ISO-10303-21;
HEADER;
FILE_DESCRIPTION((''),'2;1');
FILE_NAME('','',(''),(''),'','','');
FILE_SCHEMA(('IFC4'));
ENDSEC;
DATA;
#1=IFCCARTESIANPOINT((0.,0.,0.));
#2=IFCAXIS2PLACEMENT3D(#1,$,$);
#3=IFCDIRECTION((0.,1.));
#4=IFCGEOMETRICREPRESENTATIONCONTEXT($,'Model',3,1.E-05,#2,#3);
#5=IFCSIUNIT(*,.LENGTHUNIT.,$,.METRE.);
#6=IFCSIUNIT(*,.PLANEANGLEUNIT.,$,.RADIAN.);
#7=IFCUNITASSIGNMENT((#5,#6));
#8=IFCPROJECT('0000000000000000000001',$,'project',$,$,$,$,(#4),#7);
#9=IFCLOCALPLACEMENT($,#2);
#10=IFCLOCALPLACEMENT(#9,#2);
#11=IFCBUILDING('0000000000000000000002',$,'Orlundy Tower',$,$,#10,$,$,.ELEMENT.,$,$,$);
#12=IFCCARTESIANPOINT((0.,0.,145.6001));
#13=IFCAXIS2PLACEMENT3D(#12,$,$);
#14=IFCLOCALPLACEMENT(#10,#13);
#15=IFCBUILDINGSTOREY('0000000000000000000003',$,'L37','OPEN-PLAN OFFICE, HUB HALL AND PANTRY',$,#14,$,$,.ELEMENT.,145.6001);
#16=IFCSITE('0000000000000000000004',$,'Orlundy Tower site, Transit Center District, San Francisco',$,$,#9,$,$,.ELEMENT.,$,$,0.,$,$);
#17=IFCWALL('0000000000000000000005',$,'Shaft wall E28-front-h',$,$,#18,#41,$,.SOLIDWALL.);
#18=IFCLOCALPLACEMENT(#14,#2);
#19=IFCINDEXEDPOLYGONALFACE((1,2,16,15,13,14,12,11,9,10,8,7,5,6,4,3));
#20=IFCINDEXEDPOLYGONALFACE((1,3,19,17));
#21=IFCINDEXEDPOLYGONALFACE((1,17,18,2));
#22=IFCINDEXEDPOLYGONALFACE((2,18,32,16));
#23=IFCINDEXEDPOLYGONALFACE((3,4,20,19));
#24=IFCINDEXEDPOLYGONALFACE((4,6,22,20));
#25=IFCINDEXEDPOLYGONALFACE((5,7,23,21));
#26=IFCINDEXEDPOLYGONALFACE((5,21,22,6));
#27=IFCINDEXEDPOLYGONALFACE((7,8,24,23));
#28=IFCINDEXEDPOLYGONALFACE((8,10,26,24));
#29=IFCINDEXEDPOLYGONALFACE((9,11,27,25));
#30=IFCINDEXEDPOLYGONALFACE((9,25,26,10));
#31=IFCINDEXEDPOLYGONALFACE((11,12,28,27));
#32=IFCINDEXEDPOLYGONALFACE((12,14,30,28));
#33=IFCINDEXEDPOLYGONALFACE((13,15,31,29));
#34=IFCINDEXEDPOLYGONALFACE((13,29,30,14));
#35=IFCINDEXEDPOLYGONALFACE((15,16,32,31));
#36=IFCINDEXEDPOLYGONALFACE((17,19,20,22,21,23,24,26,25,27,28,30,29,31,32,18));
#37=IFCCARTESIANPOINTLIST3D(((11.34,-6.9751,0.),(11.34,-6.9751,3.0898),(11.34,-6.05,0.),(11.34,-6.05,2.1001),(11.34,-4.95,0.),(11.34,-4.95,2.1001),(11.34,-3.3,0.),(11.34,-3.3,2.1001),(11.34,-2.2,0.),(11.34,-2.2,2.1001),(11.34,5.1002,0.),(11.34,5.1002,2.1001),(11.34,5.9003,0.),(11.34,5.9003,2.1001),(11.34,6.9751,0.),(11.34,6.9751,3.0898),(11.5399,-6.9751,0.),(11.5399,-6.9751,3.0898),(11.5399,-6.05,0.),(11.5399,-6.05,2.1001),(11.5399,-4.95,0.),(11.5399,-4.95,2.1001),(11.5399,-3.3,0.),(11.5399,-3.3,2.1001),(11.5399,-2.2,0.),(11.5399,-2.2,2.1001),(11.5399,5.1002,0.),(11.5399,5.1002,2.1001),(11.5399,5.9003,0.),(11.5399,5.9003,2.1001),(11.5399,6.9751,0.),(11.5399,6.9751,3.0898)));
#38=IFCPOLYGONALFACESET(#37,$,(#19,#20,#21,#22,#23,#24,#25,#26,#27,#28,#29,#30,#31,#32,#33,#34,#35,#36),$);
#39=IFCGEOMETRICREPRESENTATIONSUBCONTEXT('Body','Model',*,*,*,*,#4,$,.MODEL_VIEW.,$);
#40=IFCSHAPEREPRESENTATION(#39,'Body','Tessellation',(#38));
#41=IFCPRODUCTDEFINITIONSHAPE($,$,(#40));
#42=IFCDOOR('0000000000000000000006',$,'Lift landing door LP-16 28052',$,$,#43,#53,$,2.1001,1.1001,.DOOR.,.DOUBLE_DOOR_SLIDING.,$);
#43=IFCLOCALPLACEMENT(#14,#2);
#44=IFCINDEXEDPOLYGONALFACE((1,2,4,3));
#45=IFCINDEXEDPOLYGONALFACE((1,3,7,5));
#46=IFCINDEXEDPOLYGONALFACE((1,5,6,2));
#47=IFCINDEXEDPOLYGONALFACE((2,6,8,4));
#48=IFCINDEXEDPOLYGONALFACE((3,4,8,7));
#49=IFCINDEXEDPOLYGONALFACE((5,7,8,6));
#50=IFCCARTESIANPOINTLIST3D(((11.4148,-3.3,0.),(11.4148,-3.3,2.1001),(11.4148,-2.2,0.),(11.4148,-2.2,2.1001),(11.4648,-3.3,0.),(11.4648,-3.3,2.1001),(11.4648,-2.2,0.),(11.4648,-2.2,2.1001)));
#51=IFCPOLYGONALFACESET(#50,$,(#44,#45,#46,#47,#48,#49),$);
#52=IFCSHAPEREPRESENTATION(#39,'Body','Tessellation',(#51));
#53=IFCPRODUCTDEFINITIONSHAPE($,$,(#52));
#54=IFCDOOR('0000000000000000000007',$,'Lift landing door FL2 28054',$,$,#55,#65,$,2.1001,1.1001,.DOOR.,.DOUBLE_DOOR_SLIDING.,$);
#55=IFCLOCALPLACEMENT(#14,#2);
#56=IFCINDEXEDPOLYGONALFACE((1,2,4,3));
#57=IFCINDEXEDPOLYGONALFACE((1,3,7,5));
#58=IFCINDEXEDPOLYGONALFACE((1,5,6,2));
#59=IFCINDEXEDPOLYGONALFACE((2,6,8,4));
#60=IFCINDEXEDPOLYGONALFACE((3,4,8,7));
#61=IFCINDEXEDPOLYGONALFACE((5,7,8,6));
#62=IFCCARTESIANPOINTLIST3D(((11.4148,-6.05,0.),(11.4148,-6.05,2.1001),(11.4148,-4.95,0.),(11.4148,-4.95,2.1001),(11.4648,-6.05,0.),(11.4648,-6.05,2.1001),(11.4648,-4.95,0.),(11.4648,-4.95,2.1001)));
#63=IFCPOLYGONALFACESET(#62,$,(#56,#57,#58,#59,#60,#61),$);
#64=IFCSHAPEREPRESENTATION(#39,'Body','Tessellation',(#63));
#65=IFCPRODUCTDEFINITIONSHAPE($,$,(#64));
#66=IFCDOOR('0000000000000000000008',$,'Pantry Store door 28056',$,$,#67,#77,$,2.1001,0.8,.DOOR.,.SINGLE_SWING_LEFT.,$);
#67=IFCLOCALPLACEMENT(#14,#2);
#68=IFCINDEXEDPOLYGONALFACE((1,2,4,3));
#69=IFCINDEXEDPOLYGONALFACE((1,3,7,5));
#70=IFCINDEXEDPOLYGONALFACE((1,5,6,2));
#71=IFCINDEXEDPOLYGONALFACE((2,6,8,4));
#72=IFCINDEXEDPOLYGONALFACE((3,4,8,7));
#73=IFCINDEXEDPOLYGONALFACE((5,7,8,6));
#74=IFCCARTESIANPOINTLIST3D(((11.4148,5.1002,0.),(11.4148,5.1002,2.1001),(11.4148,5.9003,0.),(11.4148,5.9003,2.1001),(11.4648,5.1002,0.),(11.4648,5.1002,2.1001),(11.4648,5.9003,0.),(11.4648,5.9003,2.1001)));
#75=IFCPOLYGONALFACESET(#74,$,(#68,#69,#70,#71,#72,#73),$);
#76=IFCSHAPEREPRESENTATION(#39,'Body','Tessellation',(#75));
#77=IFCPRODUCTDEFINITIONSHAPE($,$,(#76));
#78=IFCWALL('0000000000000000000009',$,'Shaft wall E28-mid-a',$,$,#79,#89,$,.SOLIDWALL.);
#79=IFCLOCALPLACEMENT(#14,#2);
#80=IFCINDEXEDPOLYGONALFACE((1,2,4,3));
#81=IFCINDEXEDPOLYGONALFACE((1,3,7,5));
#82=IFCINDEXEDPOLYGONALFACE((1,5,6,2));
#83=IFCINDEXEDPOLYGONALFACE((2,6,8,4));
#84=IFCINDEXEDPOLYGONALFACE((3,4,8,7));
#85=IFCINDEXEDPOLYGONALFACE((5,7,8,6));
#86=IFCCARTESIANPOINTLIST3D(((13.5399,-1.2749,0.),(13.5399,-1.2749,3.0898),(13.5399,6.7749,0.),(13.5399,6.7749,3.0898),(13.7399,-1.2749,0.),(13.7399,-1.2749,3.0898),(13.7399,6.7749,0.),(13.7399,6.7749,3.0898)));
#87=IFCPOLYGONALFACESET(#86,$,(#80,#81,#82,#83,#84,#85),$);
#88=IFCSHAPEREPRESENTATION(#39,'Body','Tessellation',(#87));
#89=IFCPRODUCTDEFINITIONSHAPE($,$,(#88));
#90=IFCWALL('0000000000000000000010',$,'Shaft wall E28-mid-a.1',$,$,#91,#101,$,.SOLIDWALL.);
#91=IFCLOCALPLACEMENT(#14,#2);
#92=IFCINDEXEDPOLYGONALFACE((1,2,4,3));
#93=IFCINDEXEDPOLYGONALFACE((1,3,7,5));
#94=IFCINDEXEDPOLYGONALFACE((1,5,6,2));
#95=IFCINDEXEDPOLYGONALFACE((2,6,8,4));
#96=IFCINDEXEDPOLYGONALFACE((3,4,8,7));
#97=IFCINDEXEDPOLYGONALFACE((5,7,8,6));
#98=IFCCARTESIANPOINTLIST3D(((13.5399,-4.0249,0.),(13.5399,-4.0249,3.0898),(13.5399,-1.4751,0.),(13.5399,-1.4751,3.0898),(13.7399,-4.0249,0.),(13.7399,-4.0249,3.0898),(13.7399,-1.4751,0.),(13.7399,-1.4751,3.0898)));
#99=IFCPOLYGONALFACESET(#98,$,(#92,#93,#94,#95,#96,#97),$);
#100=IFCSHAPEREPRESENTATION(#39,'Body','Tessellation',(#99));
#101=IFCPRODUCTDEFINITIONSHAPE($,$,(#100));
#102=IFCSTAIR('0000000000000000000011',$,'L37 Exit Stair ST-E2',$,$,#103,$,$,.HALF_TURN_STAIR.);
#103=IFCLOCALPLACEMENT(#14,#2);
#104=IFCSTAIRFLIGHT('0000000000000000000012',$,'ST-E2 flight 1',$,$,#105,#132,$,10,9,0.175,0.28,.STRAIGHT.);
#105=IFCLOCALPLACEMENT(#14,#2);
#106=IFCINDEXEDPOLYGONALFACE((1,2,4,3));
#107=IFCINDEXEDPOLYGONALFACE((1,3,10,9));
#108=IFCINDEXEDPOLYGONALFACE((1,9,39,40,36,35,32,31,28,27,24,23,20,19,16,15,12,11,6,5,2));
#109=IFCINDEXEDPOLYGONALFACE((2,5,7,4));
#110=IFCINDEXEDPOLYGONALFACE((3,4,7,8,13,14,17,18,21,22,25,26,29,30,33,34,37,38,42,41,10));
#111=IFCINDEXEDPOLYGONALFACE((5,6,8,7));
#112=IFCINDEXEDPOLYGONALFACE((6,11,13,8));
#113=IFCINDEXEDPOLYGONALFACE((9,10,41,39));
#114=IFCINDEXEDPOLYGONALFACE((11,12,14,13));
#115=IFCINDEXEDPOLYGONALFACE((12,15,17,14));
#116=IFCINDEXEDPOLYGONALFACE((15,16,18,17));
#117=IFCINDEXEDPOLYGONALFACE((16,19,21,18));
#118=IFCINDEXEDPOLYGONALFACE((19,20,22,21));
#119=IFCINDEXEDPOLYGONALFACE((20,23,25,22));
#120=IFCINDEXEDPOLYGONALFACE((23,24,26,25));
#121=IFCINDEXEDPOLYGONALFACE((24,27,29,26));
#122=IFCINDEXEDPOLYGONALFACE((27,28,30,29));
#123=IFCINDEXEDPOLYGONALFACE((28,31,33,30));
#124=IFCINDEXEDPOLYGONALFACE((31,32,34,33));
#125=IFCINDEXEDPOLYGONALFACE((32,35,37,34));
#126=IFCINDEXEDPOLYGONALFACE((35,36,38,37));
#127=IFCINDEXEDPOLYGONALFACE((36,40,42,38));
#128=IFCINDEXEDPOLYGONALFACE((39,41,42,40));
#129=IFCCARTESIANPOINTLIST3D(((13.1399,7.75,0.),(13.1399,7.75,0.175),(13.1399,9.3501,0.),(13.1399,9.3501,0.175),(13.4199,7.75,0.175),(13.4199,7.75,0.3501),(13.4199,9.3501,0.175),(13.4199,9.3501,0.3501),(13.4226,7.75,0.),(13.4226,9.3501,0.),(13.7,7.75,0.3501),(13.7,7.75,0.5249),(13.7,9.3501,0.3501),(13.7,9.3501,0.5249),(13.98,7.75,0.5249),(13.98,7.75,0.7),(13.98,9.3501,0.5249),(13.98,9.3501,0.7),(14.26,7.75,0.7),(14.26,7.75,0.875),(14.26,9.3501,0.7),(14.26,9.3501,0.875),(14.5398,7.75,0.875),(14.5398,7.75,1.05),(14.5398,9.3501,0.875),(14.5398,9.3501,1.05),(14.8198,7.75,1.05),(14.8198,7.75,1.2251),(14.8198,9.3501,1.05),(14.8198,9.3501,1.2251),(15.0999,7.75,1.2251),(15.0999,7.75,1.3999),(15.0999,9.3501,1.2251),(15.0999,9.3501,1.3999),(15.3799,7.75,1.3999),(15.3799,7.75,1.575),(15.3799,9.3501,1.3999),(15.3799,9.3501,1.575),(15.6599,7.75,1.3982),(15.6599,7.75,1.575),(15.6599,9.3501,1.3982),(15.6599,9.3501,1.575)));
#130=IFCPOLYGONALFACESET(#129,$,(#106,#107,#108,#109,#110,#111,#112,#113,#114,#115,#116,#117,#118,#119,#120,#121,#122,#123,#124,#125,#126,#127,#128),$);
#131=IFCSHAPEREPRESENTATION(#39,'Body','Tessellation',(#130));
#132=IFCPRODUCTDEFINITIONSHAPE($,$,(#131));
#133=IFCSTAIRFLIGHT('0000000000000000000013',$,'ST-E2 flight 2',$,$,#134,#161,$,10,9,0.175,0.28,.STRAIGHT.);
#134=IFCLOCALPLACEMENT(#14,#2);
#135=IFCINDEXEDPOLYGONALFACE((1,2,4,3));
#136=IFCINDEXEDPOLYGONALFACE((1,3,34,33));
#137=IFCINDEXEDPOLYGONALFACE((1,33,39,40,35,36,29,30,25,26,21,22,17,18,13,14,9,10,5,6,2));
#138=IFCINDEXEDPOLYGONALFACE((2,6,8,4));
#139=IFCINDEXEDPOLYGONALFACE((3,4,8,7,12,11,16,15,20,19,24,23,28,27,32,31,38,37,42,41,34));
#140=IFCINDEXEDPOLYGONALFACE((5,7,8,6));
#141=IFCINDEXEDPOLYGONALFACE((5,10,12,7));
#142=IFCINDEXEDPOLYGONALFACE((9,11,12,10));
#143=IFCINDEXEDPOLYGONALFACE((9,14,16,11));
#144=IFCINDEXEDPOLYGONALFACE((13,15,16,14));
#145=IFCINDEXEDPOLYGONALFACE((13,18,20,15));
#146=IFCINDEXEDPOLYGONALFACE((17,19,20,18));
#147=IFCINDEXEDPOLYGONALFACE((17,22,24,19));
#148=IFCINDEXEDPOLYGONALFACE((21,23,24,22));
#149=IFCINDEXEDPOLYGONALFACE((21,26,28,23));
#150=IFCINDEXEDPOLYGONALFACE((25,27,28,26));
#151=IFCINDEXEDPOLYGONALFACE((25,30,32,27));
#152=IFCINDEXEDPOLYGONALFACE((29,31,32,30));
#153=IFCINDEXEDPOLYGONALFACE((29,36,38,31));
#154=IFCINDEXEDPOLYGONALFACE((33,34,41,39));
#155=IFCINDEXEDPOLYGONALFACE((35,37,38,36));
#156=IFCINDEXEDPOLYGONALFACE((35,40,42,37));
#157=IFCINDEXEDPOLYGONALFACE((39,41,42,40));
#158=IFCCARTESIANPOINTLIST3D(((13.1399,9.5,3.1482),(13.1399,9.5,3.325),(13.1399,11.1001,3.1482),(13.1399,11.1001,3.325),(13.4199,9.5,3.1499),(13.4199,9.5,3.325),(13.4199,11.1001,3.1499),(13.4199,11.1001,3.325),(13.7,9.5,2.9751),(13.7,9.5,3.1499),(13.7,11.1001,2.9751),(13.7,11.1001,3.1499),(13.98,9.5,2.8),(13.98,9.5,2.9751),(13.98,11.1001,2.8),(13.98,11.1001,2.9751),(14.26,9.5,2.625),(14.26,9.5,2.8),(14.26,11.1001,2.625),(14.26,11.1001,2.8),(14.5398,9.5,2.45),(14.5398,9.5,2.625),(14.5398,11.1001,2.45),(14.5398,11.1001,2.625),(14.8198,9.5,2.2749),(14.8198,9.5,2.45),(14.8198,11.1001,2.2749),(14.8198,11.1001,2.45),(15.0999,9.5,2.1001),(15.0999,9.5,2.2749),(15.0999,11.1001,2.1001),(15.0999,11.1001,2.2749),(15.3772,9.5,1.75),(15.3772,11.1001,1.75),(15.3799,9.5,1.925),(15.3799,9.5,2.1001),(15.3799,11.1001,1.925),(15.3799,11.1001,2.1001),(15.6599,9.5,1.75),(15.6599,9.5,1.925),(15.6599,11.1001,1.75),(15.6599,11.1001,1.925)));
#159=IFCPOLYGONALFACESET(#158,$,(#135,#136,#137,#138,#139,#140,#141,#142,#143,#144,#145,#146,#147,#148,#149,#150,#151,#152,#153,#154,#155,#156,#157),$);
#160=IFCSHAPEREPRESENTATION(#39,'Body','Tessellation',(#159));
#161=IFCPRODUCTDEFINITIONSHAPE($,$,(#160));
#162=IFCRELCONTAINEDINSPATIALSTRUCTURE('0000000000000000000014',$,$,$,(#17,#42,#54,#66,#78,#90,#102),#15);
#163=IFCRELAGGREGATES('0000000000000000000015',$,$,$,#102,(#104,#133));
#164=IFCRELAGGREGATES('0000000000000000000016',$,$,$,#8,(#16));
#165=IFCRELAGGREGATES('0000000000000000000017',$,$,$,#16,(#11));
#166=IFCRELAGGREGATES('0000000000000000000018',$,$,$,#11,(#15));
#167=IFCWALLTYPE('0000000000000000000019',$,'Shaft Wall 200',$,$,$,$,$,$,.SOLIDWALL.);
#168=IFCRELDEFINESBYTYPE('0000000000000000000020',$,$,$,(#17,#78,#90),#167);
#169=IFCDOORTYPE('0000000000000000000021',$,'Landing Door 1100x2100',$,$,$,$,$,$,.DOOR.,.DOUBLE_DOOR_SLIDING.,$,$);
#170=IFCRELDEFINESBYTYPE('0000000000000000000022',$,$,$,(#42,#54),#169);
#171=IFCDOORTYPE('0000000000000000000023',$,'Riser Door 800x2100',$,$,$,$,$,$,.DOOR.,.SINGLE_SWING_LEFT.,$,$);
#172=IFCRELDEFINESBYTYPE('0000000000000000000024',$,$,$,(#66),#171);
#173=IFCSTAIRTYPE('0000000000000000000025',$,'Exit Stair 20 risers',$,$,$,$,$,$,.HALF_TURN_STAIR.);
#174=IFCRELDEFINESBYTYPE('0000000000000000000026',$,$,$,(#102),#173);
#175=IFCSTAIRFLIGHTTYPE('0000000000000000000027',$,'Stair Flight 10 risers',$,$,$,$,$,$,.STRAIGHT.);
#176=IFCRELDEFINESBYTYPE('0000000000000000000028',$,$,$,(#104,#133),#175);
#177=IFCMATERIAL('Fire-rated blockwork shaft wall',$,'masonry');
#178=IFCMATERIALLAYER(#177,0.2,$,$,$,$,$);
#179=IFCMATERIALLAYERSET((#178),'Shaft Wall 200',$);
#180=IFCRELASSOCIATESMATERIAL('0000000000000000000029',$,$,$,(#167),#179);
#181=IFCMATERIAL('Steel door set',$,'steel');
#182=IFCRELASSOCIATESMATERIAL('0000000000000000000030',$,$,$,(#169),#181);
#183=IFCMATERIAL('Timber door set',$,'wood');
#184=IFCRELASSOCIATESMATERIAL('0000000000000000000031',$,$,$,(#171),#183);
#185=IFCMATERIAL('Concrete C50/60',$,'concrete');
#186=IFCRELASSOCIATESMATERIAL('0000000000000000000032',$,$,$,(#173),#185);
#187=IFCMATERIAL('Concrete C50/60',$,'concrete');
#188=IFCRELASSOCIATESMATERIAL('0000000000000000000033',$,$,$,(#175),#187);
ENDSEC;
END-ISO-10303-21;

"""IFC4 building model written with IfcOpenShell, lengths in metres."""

from ifc_helpers import new_model, si_unit, direction, frame, frame_2d, origin, place, context, subcontext, project, spatial, polyline, rectangle, outline, extrude, material, layer, layer_set, type_object, element, fill, aggregate, save


model = new_model("IFC4")

# Units and contexts
model_context = context("Model", 3, precision=1e-05, world=origin(), true_north=direction((0.0, 1.0)))
body_context = subcontext(model_context, "Body", "Model", "MODEL_VIEW")
ifc_project = project(units=[si_unit("LENGTHUNIT", "METRE"), si_unit("PLANEANGLEUNIT", "RADIAN")], contexts=[model_context])

# Site, building, storey
site_placement = place(None, origin())
site = spatial("IfcSite", under=ifc_project, at=site_placement, Name="Orlundy Tower site, Transit Center District, San Francisco", CompositionType="ELEMENT", RefElevation=0.0)
building_placement = place(site_placement, origin())
building = spatial("IfcBuilding", under=site, at=building_placement, Name="Orlundy Tower", CompositionType="ELEMENT")
storey_placement = place(building_placement, frame((0.0, 0.0, 145.6001)))
storey = spatial("IfcBuildingStorey", under=building, at=storey_placement, Name="L37", Description="OPEN-PLAN OFFICE, HUB HALL AND PANTRY", CompositionType="ELEMENT", Elevation=145.6001)

# Shared definitions
ifc_material_1 = material(Name="Fire-rated blockwork shaft wall", Category="masonry")
ifc_layer_1 = layer(ifc_material_1, 0.2)
ifc_layer_set_1 = layer_set([ifc_layer_1], Name="Shaft Wall 200")
wall_type_1 = type_object("IfcWallType", Name="Shaft Wall 200", PredefinedType="SOLIDWALL", material=ifc_layer_set_1)

# Wall, openings, doors
wall_1_placement = place(storey_placement, frame((11.4399, 6.9751, 0.0), z_axis=(0.0, 0.0, 1.0), x_axis=(0.0, -1.0, 0.0)))
wall_1 = element("IfcWall", 1, at=wall_1_placement, inside=storey, type_object=wall_type_1, Name="Shaft wall E28-front-h", PredefinedType="SOLIDWALL", context=body_context, shape_type="SweptSolid", body=[
    extrude(rectangle(XDim=13.9502, YDim=0.2, at=frame_2d((6.9751, 0.0))), origin(), (0.0, 0.0, 1.0), 3.0898),
])
opening_1_placement = place(wall_1_placement, frame((9.175, 0.0, 0.0)))
opening_1 = element("IfcOpeningElement", 2, at=opening_1_placement, cuts=wall_1, PredefinedType="OPENING", context=body_context, shape_type="SweptSolid", body=[
    extrude(rectangle(XDim=1.1001, YDim=2.1001, at=frame_2d((0.55, 1.05))), frame((0.0, 0.1101, 0.0), z_axis=(0.0, -1.0, 0.0), x_axis=(1.0, 0.0, 0.0)), (0.0, 0.0, 1.0), 0.2202),
])
opening_2_placement = place(wall_1_placement, frame((11.925, 0.0, 0.0)))
opening_2 = element("IfcOpeningElement", 3, at=opening_2_placement, cuts=wall_1, PredefinedType="OPENING", context=body_context, shape_type="SweptSolid", body=[
    extrude(rectangle(XDim=1.1001, YDim=2.1001, at=frame_2d((0.55, 1.05))), frame((0.0, 0.1101, 0.0), z_axis=(0.0, -1.0, 0.0), x_axis=(1.0, 0.0, 0.0)), (0.0, 0.0, 1.0), 0.2202),
])
opening_3_placement = place(wall_1_placement, frame((1.075, 0.0, 0.0)))
opening_3 = element("IfcOpeningElement", 4, at=opening_3_placement, cuts=wall_1, PredefinedType="OPENING", context=body_context, shape_type="SweptSolid", body=[
    extrude(rectangle(XDim=0.8, YDim=2.1001, at=frame_2d((0.3999, 1.05))), frame((0.0, 0.1101, 0.0), z_axis=(0.0, -1.0, 0.0), x_axis=(1.0, 0.0, 0.0)), (0.0, 0.0, 1.0), 0.2202),
])
ifc_material_2 = material(Name="Steel door set", Category="steel")
door_type_1 = type_object("IfcDoorType", Name="Landing Door 1100x2100", OperationType="DOUBLE_DOOR_SLIDING", PredefinedType="DOOR", material=ifc_material_2)
door_1_placement = place(opening_1_placement, origin())
door_1 = element("IfcDoor", 5, at=door_1_placement, inside=storey, type_object=door_type_1, Name="Lift landing door LP-16 28052", OperationType="DOUBLE_DOOR_SLIDING", OverallHeight=2.1001, OverallWidth=1.1001, PredefinedType="DOOR", context=body_context, shape_type="SweptSolid", body=[
    extrude(rectangle(XDim=1.1001, YDim=2.1001, at=frame_2d((0.55, 1.05))), frame((0.0, 0.0249, 0.0), z_axis=(0.0, -1.0, 0.0), x_axis=(1.0, 0.0, 0.0)), (0.0, 0.0, 1.0), 0.05),
])
fill(opening_1, door_1)
door_2_placement = place(opening_2_placement, origin())
door_2 = element("IfcDoor", 6, at=door_2_placement, inside=storey, type_object=door_type_1, Name="Lift landing door FL2 28054", OperationType="DOUBLE_DOOR_SLIDING", OverallHeight=2.1001, OverallWidth=1.1001, PredefinedType="DOOR", context=body_context, shape_type="SweptSolid", body=[
    extrude(rectangle(XDim=1.1001, YDim=2.1001, at=frame_2d((0.55, 1.05))), frame((0.0, 0.0249, 0.0), z_axis=(0.0, -1.0, 0.0), x_axis=(1.0, 0.0, 0.0)), (0.0, 0.0, 1.0), 0.05),
])
fill(opening_2, door_2)
ifc_material_3 = material(Name="Timber door set", Category="wood")
door_type_2 = type_object("IfcDoorType", Name="Riser Door 800x2100", OperationType="SINGLE_SWING_LEFT", PredefinedType="DOOR", material=ifc_material_3)
door_3_placement = place(opening_3_placement, origin())
door_3 = element("IfcDoor", 7, at=door_3_placement, inside=storey, type_object=door_type_2, Name="Pantry Store door 28056", OperationType="SINGLE_SWING_LEFT", OverallHeight=2.1001, OverallWidth=0.8, PredefinedType="DOOR", context=body_context, shape_type="SweptSolid", body=[
    extrude(rectangle(XDim=0.8, YDim=2.1001, at=frame_2d((0.3999, 1.05))), frame((0.0, 0.0249, 0.0), z_axis=(0.0, -1.0, 0.0), x_axis=(1.0, 0.0, 0.0)), (0.0, 0.0, 1.0), 0.05),
])
fill(opening_3, door_3)

# Walls
wall_2_placement = place(storey_placement, frame((13.6399, 6.7749, 0.0), z_axis=(0.0, 0.0, 1.0), x_axis=(0.0, -1.0, 0.0)))
element("IfcWall", 8, at=wall_2_placement, inside=storey, type_object=wall_type_1, Name="Shaft wall E28-mid-a", PredefinedType="SOLIDWALL", context=body_context, shape_type="SweptSolid", body=[
    extrude(rectangle(XDim=8.0498, YDim=0.2, at=frame_2d((4.0249, 0.0))), origin(), (0.0, 0.0, 1.0), 3.0898),
])
wall_3_placement = place(storey_placement, frame((13.6399, -1.4751, 0.0), z_axis=(0.0, 0.0, 1.0), x_axis=(0.0, -1.0, 0.0)))
element("IfcWall", 9, at=wall_3_placement, inside=storey, type_object=wall_type_1, Name="Shaft wall E28-mid-a.1", PredefinedType="SOLIDWALL", context=body_context, shape_type="SweptSolid", body=[
    extrude(rectangle(XDim=2.5498, YDim=0.2, at=frame_2d((1.2749, 0.0))), origin(), (0.0, 0.0, 1.0), 3.0898),
])

# Stair, stair flights
ifc_material_4 = material(Name="Concrete C50/60", Category="concrete")
stair_type = type_object("IfcStairType", Name="Exit Stair 20 risers", PredefinedType="HALF_TURN_STAIR", material=ifc_material_4)
stair_placement = place(storey_placement, origin())
stair = element("IfcStair", 10, at=stair_placement, inside=storey, type_object=stair_type, Name="L37 Exit Stair ST-E2", PredefinedType="HALF_TURN_STAIR")
ifc_material_5 = material(Name="Concrete C50/60", Category="concrete")
stair_flight_type = type_object("IfcStairFlightType", Name="Stair Flight 10 risers", PredefinedType="STRAIGHT", material=ifc_material_5)
stair_flight_1_placement = place(storey_placement, frame((13.1399, 8.55, 0.0), z_axis=(0.0, 0.0, 1.0), x_axis=(1.0, 0.0, 0.0)))
stair_flight_1 = element("IfcStairFlight", 11, at=stair_flight_1_placement, type_object=stair_flight_type, Name="ST-E2 flight 1", NumberOfRisers=10, NumberOfTreads=9, PredefinedType="STRAIGHT", RiserHeight=0.175, TreadLength=0.28, context=body_context, shape_type="SweptSolid", body=[
    extrude(outline(polyline([(0.0, 0.0), (0.0, 0.175), (0.28, 0.175), (0.28, 0.3501), (0.5601, 0.3501), (0.5601, 0.5249), (0.8401, 0.5249), (0.8401, 0.7), (1.1201, 0.7), (1.1201, 0.875), (1.3999, 0.875), (1.3999, 1.05), (1.6799, 1.05), (1.6799, 1.2251), (1.96, 1.2251), (1.96, 1.3999), (2.24, 1.3999), (2.24, 1.575), (2.52, 1.575), (2.52, 1.75), (2.52, 1.3982), (0.2827, 0.0), (0.0, 0.0)])), frame((0.0, 0.8, 0.0), z_axis=(0.0, -1.0, 0.0), x_axis=(1.0, 0.0, 0.0)), (0.0, 0.0, 1.0), 1.6001),
])
stair_flight_2_placement = place(storey_placement, frame((15.6599, 10.3, 1.75), z_axis=(0.0, 0.0, 1.0), x_axis=(-1.0, 0.0, 0.0)))
stair_flight_2 = element("IfcStairFlight", 12, at=stair_flight_2_placement, type_object=stair_flight_type, Name="ST-E2 flight 2", NumberOfRisers=10, NumberOfTreads=9, PredefinedType="STRAIGHT", RiserHeight=0.175, TreadLength=0.28, context=body_context, shape_type="SweptSolid", body=[
    extrude(outline(polyline([(0.0, 0.0), (0.0, 0.175), (0.28, 0.175), (0.28, 0.3501), (0.5601, 0.3501), (0.5601, 0.5249), (0.8401, 0.5249), (0.8401, 0.7), (1.1201, 0.7), (1.1201, 0.875), (1.3999, 0.875), (1.3999, 1.05), (1.6799, 1.05), (1.6799, 1.2251), (1.96, 1.2251), (1.96, 1.3999), (2.24, 1.3999), (2.24, 1.575), (2.52, 1.575), (2.52, 1.75), (2.52, 1.3982), (0.2827, 0.0), (0.0, 0.0)])), frame((0.0, 0.8, 0.0), z_axis=(0.0, -1.0, 0.0), x_axis=(1.0, 0.0, 0.0)), (0.0, 0.0, 1.0), 1.6001),
])
aggregate(stair, [stair_flight_1, stair_flight_2])

save(model, "model.ifc")
